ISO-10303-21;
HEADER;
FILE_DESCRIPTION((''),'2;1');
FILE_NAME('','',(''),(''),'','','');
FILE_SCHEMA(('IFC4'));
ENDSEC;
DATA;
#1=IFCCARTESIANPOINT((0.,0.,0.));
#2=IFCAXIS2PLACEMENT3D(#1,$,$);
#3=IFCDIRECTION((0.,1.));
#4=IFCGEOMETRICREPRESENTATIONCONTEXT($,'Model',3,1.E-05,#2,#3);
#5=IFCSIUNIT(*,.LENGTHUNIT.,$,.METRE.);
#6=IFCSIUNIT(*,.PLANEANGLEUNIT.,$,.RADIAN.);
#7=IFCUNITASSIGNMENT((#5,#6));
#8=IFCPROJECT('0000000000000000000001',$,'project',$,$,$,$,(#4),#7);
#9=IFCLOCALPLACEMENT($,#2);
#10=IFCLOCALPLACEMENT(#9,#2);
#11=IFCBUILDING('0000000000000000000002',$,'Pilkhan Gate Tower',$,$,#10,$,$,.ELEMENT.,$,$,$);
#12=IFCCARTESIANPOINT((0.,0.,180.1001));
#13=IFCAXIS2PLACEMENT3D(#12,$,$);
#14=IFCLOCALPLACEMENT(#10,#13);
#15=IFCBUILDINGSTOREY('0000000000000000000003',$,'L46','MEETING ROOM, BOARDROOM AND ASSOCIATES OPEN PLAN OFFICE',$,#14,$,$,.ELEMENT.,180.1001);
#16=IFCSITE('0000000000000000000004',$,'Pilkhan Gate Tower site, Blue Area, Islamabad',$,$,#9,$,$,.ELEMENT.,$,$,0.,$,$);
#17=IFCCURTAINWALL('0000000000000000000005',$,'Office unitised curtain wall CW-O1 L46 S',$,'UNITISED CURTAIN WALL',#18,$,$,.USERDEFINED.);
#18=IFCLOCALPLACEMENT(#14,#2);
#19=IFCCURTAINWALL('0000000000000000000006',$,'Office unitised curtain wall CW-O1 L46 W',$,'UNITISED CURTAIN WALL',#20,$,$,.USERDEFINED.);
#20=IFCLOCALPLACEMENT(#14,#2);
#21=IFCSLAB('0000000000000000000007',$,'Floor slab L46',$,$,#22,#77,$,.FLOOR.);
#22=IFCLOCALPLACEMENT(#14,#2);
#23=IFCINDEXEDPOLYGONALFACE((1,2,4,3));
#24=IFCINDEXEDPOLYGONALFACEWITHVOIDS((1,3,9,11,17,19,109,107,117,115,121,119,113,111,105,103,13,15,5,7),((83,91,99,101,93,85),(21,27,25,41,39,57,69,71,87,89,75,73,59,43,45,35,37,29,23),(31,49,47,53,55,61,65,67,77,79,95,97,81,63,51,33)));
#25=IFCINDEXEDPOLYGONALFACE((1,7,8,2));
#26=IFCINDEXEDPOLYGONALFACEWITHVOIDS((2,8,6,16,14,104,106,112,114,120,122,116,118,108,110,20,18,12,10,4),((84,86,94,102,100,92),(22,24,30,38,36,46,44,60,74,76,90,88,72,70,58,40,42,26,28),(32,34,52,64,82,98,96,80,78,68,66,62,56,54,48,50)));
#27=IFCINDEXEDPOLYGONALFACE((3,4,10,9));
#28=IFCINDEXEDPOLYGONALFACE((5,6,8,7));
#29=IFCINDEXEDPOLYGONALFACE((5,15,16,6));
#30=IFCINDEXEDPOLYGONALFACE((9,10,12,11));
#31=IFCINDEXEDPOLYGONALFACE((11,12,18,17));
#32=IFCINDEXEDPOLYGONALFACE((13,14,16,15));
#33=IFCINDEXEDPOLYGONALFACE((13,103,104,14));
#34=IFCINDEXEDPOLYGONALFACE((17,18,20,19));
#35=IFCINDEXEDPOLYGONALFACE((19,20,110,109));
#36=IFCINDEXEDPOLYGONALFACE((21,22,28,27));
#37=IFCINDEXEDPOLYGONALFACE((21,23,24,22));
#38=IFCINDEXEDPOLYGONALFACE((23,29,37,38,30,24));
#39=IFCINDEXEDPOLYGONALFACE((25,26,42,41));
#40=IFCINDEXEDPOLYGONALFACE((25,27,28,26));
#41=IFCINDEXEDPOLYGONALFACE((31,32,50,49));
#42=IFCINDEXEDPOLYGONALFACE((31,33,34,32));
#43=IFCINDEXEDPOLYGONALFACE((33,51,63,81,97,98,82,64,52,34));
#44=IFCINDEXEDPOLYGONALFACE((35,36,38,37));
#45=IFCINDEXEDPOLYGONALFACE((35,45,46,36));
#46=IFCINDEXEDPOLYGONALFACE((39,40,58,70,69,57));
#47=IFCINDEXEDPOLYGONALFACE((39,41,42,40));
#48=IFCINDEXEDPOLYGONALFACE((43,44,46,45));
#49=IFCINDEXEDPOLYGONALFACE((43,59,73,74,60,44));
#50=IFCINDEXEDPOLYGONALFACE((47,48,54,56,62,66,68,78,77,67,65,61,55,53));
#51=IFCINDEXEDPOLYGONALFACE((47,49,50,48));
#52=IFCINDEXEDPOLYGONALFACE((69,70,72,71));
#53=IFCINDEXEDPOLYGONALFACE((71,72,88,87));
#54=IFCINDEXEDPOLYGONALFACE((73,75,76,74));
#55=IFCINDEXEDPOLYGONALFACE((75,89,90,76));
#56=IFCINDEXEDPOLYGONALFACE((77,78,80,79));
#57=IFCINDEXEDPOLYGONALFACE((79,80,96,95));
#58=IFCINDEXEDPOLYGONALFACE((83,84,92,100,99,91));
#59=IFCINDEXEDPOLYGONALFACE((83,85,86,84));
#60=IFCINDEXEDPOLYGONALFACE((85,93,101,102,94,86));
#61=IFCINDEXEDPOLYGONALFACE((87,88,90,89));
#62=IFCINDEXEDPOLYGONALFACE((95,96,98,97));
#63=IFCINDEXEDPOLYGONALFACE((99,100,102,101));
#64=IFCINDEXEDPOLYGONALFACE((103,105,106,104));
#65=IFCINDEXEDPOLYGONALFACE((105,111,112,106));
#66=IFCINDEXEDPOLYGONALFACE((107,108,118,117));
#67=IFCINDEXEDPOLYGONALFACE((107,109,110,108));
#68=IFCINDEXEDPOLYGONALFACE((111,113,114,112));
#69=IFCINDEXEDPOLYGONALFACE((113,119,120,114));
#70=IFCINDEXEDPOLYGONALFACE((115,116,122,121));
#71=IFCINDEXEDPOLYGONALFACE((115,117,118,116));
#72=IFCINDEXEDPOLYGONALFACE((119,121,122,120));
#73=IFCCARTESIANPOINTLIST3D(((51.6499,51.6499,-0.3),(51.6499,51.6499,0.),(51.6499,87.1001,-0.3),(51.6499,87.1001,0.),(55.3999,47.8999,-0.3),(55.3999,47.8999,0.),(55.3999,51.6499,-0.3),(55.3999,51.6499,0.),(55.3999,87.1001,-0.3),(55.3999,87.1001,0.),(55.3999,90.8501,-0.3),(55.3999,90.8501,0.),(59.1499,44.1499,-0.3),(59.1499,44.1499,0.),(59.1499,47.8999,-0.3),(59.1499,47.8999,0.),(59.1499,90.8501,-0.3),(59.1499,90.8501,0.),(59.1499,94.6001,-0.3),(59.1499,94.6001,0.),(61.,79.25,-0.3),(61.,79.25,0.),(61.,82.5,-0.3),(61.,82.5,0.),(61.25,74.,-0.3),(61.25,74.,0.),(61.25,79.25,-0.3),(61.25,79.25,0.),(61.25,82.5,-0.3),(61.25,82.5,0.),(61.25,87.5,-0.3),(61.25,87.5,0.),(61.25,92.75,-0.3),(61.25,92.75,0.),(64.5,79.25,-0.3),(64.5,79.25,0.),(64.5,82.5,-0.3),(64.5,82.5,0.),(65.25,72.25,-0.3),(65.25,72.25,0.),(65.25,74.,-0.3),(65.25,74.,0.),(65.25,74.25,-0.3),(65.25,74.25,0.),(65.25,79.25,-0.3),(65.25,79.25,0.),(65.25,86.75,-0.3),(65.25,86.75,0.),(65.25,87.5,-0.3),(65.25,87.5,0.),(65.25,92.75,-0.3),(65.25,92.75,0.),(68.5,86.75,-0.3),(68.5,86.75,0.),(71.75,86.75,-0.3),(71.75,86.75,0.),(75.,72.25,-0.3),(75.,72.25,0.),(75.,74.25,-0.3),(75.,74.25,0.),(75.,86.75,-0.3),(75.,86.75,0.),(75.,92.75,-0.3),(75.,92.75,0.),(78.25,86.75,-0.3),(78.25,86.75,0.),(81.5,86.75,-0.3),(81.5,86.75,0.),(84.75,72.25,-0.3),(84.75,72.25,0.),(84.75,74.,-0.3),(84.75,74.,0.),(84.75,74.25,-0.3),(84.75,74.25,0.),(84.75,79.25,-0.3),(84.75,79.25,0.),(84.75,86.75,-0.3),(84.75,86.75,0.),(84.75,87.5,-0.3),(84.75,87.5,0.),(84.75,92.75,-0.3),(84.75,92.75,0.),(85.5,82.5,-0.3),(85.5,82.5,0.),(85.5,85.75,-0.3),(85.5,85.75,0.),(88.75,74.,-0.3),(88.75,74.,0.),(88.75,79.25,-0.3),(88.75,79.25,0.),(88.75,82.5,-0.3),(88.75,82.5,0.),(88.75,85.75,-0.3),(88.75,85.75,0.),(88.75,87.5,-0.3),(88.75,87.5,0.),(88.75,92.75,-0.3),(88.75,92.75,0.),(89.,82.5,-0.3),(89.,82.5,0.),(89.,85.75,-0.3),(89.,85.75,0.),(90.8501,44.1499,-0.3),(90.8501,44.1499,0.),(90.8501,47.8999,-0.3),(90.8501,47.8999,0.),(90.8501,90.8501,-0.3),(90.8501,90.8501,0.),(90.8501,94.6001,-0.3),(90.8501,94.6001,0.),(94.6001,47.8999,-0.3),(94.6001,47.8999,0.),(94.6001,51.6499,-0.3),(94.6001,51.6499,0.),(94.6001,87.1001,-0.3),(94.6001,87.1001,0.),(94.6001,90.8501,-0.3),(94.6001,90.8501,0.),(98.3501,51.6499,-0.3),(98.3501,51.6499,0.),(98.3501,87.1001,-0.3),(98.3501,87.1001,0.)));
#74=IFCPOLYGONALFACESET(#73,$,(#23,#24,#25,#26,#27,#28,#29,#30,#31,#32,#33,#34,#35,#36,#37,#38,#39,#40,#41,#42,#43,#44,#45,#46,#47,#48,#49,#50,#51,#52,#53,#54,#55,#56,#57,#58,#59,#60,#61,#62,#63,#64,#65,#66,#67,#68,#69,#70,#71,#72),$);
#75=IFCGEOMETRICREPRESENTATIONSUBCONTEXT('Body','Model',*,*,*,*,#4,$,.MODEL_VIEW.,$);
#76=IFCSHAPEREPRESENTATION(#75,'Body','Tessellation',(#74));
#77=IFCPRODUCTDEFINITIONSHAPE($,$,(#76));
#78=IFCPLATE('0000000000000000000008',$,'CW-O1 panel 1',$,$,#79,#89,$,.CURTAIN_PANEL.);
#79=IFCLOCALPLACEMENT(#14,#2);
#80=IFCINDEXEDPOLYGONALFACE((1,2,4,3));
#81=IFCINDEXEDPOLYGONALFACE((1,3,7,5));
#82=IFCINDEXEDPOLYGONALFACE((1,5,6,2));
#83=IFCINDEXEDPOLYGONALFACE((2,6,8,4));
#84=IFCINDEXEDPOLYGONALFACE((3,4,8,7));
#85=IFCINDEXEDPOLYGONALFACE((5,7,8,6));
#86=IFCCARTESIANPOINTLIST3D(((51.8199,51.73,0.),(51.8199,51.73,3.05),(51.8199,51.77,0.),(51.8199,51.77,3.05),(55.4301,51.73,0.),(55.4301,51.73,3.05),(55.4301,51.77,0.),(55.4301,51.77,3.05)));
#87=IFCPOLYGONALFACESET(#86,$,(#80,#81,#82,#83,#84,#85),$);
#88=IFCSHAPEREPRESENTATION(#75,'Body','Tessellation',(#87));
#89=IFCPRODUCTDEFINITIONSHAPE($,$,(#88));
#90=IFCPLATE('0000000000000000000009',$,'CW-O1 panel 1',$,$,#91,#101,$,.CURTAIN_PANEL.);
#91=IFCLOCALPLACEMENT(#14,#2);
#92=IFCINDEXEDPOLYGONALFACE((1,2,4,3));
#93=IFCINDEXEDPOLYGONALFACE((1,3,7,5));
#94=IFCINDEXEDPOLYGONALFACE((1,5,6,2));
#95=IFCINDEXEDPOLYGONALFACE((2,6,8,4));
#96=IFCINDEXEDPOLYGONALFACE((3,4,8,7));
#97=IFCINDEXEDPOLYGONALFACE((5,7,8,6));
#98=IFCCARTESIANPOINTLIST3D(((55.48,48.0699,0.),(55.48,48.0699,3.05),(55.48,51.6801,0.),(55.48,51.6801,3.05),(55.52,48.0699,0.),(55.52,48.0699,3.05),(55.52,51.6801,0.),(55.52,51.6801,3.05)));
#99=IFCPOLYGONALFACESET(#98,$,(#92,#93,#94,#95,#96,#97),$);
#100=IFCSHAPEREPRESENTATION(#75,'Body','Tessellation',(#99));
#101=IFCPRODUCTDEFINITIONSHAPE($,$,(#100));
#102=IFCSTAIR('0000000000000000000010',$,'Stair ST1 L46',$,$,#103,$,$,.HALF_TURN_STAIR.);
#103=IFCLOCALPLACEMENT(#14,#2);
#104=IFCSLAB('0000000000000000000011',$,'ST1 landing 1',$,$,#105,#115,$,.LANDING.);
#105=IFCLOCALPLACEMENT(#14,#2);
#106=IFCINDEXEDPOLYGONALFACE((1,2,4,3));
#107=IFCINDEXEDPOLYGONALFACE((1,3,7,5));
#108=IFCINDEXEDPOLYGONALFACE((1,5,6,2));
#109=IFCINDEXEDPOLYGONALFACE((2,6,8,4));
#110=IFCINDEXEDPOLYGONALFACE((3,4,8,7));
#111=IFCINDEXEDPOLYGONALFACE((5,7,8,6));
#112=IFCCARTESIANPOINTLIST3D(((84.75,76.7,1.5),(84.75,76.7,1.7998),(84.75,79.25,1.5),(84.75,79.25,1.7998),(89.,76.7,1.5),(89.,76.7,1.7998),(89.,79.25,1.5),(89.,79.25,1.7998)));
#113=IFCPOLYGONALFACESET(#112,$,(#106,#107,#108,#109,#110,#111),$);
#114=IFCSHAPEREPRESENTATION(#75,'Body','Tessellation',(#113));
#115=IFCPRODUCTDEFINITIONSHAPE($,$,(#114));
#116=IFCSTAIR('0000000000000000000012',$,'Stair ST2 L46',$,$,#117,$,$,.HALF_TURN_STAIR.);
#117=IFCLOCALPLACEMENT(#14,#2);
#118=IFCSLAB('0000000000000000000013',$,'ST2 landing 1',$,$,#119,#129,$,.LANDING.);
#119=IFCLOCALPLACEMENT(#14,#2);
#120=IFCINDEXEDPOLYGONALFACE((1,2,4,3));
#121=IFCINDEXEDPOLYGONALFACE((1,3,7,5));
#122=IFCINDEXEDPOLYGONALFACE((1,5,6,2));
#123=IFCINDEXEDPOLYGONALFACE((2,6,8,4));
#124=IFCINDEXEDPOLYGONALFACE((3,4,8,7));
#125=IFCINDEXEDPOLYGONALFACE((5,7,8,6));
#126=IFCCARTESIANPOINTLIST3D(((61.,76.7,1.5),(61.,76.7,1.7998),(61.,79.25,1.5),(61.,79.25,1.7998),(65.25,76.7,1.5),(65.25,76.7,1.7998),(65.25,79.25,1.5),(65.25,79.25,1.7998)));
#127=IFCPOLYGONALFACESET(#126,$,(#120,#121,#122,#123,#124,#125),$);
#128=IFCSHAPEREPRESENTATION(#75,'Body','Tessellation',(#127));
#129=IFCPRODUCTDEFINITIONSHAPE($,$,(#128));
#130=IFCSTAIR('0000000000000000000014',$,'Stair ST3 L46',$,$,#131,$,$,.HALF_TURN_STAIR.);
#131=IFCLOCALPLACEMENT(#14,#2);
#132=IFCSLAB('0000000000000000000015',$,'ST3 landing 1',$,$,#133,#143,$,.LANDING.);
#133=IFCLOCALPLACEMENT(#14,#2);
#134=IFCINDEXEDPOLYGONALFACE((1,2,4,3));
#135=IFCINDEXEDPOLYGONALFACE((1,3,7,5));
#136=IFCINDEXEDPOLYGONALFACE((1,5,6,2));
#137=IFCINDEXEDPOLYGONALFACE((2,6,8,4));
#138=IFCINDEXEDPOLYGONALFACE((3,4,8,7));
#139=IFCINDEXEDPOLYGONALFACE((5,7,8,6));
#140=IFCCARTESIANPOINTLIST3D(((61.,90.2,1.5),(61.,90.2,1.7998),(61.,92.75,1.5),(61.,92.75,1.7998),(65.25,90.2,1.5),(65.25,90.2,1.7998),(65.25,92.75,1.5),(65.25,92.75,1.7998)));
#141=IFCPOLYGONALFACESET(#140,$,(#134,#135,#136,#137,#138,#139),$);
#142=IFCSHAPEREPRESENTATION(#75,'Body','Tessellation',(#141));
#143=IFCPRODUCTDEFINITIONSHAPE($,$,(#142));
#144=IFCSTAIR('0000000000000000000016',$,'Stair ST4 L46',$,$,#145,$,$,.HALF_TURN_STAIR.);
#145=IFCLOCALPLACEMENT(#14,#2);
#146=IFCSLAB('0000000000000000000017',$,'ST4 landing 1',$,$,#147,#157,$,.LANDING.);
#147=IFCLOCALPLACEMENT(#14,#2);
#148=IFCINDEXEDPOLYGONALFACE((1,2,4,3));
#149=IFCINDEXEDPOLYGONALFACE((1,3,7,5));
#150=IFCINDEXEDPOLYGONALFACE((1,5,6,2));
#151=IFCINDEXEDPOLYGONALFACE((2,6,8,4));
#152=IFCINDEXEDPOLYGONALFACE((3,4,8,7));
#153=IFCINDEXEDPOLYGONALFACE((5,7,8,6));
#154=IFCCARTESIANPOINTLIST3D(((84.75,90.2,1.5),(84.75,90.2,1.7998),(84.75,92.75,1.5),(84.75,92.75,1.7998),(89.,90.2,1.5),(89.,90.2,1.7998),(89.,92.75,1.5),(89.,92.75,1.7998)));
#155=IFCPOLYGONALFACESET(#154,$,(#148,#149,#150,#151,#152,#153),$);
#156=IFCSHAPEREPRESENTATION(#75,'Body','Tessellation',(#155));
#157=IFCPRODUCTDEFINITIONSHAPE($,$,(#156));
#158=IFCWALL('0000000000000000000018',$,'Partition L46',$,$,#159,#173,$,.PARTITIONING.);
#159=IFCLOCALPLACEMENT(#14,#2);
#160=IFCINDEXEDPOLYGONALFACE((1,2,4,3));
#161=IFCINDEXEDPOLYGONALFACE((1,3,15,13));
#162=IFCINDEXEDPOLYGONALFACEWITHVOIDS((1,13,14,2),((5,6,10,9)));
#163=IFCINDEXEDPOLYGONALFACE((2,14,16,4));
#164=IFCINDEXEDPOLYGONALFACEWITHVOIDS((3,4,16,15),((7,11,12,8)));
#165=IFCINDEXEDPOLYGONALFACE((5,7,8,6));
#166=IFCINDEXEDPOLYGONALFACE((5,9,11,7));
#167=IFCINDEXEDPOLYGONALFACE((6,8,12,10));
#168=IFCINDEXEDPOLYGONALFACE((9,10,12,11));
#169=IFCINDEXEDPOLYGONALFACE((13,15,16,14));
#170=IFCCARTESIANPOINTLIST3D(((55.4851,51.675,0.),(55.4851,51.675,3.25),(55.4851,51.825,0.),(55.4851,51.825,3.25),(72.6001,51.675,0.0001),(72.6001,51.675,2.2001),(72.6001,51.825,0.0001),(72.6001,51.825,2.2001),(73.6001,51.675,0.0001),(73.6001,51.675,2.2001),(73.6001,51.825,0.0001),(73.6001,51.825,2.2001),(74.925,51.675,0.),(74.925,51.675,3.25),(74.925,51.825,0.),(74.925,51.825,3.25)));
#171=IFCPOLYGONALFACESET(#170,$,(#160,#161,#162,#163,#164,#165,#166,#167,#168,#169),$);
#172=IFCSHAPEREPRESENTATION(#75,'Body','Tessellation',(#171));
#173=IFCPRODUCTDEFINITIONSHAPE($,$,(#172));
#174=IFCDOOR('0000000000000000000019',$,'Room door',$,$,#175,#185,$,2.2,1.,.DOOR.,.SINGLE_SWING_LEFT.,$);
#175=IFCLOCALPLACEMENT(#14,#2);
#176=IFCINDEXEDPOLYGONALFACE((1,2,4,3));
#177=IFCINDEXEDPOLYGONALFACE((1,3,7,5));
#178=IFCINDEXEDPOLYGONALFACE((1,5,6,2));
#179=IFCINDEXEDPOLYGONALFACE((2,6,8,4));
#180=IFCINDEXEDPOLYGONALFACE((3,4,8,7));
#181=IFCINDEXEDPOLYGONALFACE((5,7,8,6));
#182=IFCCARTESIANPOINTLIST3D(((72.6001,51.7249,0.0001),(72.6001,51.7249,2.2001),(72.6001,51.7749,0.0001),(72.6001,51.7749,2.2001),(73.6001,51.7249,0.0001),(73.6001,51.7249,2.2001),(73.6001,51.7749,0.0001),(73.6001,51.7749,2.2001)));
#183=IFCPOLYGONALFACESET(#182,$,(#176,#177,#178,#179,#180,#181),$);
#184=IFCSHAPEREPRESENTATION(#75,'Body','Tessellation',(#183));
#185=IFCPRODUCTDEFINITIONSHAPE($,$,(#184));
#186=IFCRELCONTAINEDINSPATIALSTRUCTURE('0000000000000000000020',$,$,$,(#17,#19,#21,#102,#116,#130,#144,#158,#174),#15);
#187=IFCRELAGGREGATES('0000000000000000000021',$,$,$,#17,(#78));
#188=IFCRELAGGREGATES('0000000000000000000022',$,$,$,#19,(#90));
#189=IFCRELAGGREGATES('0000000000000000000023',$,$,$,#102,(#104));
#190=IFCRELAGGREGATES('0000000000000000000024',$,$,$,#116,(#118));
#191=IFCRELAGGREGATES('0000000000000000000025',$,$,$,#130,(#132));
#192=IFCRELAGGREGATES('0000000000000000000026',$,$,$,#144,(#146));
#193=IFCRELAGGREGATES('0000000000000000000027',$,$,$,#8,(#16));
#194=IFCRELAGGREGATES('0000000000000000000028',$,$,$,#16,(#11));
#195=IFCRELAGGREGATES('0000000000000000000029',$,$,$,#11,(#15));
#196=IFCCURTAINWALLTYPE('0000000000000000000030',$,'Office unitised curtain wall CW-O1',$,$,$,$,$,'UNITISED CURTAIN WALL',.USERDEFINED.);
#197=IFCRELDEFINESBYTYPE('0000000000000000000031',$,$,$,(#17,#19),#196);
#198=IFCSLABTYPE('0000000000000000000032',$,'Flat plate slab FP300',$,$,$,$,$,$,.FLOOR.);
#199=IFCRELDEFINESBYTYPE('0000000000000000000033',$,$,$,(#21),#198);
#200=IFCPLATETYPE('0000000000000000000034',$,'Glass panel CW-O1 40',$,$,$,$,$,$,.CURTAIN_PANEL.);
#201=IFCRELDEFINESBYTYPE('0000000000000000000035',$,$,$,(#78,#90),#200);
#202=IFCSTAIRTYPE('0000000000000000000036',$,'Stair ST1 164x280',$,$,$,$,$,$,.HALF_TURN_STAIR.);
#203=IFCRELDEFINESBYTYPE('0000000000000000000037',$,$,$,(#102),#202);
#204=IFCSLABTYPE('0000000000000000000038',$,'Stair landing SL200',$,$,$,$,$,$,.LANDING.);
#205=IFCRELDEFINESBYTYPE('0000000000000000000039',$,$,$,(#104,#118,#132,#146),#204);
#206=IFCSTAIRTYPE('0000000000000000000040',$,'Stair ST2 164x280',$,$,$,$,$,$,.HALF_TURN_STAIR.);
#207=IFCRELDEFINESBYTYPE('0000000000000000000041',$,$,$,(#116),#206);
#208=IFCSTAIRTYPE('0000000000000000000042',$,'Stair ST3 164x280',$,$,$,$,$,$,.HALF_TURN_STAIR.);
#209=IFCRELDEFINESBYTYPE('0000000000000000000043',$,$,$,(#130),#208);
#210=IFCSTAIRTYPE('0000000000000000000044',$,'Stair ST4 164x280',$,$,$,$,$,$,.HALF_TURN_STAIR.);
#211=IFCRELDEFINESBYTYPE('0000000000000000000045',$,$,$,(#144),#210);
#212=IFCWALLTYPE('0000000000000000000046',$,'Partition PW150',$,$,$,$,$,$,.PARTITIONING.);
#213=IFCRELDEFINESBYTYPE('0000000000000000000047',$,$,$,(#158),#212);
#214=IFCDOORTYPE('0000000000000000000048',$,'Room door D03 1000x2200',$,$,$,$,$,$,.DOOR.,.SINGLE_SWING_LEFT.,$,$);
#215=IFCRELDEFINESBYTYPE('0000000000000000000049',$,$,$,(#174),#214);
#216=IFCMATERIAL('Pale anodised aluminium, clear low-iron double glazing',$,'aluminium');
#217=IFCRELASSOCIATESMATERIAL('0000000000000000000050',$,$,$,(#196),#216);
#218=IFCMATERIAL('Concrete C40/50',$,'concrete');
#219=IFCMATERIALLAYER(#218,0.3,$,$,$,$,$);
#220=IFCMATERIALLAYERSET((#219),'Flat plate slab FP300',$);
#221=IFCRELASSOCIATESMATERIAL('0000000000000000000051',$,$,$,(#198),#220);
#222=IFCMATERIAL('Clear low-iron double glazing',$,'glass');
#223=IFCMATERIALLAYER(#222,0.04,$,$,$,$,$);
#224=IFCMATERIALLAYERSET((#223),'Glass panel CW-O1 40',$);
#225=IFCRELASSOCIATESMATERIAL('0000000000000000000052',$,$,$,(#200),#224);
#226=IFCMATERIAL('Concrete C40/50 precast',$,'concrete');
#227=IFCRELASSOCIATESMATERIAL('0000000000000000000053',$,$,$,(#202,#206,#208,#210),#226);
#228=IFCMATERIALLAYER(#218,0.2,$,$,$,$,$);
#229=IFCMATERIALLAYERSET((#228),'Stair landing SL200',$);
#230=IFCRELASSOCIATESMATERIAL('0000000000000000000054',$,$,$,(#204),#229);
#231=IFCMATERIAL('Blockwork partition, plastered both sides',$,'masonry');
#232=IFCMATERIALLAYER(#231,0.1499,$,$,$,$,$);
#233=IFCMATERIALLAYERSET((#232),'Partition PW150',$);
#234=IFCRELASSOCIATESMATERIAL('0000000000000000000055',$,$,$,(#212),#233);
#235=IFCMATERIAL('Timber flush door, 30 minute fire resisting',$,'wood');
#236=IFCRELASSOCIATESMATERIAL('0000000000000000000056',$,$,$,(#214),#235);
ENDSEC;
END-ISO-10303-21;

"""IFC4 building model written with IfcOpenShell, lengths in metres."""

from ifc_helpers import new_model, si_unit, direction, frame, frame_2d, origin, origin_2d, place, context, subcontext, project, spatial, polyline, rectangle, outline, extrude, material, layer, layer_set, type_object, element, fill, aggregate, save


model = new_model("IFC4")

# Units and contexts
model_context = context("Model", 3, precision=1e-05, world=origin(), true_north=direction((0.0, 1.0)))
body_context = subcontext(model_context, "Body", "Model", "MODEL_VIEW")
ifc_project = project(units=[si_unit("LENGTHUNIT", "METRE"), si_unit("PLANEANGLEUNIT", "RADIAN")], contexts=[model_context])

# Site, building, storey
site_placement = place(None, origin())
site = spatial("IfcSite", under=ifc_project, at=site_placement, Name="Pilkhan Gate Tower site, Blue Area, Islamabad", CompositionType="ELEMENT", RefElevation=0.0)
building_placement = place(site_placement, origin())
building = spatial("IfcBuilding", under=site, at=building_placement, Name="Pilkhan Gate Tower", CompositionType="ELEMENT")
storey_placement = place(building_placement, frame((0.0, 0.0, 180.1001)))
storey = spatial("IfcBuildingStorey", under=building, at=storey_placement, Name="L46", Description="MEETING ROOM, BOARDROOM AND ASSOCIATES OPEN PLAN OFFICE", CompositionType="ELEMENT", Elevation=180.1001)

# Curtain walls
ifc_material_1 = material(Name="Pale anodised aluminium, clear low-iron double glazing", Category="aluminium")
curtain_wall_type = type_object("IfcCurtainWallType", Name="Office unitised curtain wall CW-O1", ElementType="UNITISED CURTAIN WALL", PredefinedType="USERDEFINED", material=ifc_material_1)
curtain_wall_1_placement = place(storey_placement, origin())
curtain_wall_1 = element("IfcCurtainWall", 1, at=curtain_wall_1_placement, inside=storey, type_object=curtain_wall_type, Name="Office unitised curtain wall CW-O1 L46 S", ObjectType="UNITISED CURTAIN WALL", PredefinedType="USERDEFINED")
curtain_wall_2_placement = place(storey_placement, origin())
curtain_wall_2 = element("IfcCurtainWall", 2, at=curtain_wall_2_placement, inside=storey, type_object=curtain_wall_type, Name="Office unitised curtain wall CW-O1 L46 W", ObjectType="UNITISED CURTAIN WALL", PredefinedType="USERDEFINED")

# Slab
ifc_material_2 = material(Name="Concrete C40/50", Category="concrete")
ifc_layer_1 = layer(ifc_material_2, 0.3)
ifc_layer_set_1 = layer_set([ifc_layer_1], Name="Flat plate slab FP300")
slab_type_1 = type_object("IfcSlabType", Name="Flat plate slab FP300", PredefinedType="FLOOR", material=ifc_layer_set_1)
slab_1_placement = place(storey_placement, frame((0.0, 0.0, -0.3)))
element("IfcSlab", 3, at=slab_1_placement, inside=storey, type_object=slab_type_1, Name="Floor slab L46", PredefinedType="FLOOR", context=body_context, shape_type="SweptSolid", body=[
    extrude(outline(polyline([(94.6001, 47.8999), (90.8501, 47.8999), (90.8501, 44.1499), (59.1499, 44.1499), (59.1499, 47.8999), (55.3999, 47.8999), (55.3999, 51.6499), (51.6499, 51.6499), (51.6499, 87.1001), (55.3999, 87.1001), (55.3999, 90.8501), (59.1499, 90.8501), (59.1499, 94.6001), (90.8501, 94.6001), (90.8501, 90.8501), (94.6001, 90.8501), (94.6001, 87.1001), (98.3501, 87.1001), (98.3501, 51.6499), (94.6001, 51.6499), (94.6001, 47.8999)]), holes=[polyline([(75.0, 72.25), (84.75, 72.25), (84.75, 74.0), (88.75, 74.0), (88.75, 79.25), (84.75, 79.25), (84.75, 74.25), (75.0, 74.25), (65.25, 74.25), (65.25, 79.25), (64.5, 79.25), (64.5, 82.5), (61.25, 82.5), (61.0, 82.5), (61.0, 79.25), (61.25, 79.25), (61.25, 74.0), (65.25, 74.0), (65.25, 72.25), (75.0, 72.25)]), polyline([(68.5, 86.75), (71.75, 86.75), (75.0, 86.75), (78.25, 86.75), (81.5, 86.75), (84.75, 86.75), (84.75, 87.5), (88.75, 87.5), (88.75, 92.75), (84.75, 92.75), (75.0, 92.75), (65.25, 92.75), (61.25, 92.75), (61.25, 87.5), (65.25, 87.5), (65.25, 86.75), (68.5, 86.75)]), polyline([(85.5, 85.75), (85.5, 82.5), (88.75, 82.5), (89.0, 82.5), (89.0, 85.75), (88.75, 85.75), (85.5, 85.75)])]), origin(), (0.0, 0.0, 1.0), 0.3),
])

# Plates
ifc_material_3 = material(Name="Clear low-iron double glazing", Category="glass")
ifc_layer_2 = layer(ifc_material_3, 0.04)
ifc_layer_set_2 = layer_set([ifc_layer_2], Name="Glass panel CW-O1 40")
plate_type = type_object("IfcPlateType", Name="Glass panel CW-O1 40", PredefinedType="CURTAIN_PANEL", material=ifc_layer_set_2)
plate_1_placement = place(storey_placement, frame((53.625, 51.75, 0.0), z_axis=(0.0, 0.0, 1.0), x_axis=(1.0, 0.0, 0.0)))
plate_1 = element("IfcPlate", 4, at=plate_1_placement, type_object=plate_type, Name="CW-O1 panel 1", PredefinedType="CURTAIN_PANEL", context=body_context, shape_type="SweptSolid", body=[
    extrude(rectangle(XDim=3.6101, YDim=0.04, at=origin_2d()), origin(), (0.0, 0.0, 1.0), 3.05),
])
aggregate(curtain_wall_1, [plate_1])
plate_2_placement = place(storey_placement, frame((55.5, 49.875, 0.0), z_axis=(0.0, 0.0, 1.0), x_axis=(0.0, 1.0, 0.0)))
plate_2 = element("IfcPlate", 5, at=plate_2_placement, type_object=plate_type, Name="CW-O1 panel 1", PredefinedType="CURTAIN_PANEL", context=body_context, shape_type="SweptSolid", body=[
    extrude(rectangle(XDim=3.6101, YDim=0.04, at=origin_2d()), origin(), (0.0, 0.0, 1.0), 3.05),
])
aggregate(curtain_wall_2, [plate_2])

# Stairs, slabs
ifc_material_4 = material(Name="Concrete C40/50 precast", Category="concrete")
stair_type_1 = type_object("IfcStairType", Name="Stair ST1 164x280", PredefinedType="HALF_TURN_STAIR", material=ifc_material_4)
stair_1_placement = place(storey_placement, origin())
stair_1 = element("IfcStair", 6, at=stair_1_placement, inside=storey, type_object=stair_type_1, Name="Stair ST1 L46", PredefinedType="HALF_TURN_STAIR")
ifc_layer_3 = layer(ifc_material_2, 0.2)
ifc_layer_set_3 = layer_set([ifc_layer_3], Name="Stair landing SL200")
slab_type_2 = type_object("IfcSlabType", Name="Stair landing SL200", PredefinedType="LANDING", material=ifc_layer_set_3)
slab_2_placement = place(storey_placement, frame((0.0, 0.0, 1.5)))
slab_2 = element("IfcSlab", 7, at=slab_2_placement, type_object=slab_type_2, Name="ST1 landing 1", PredefinedType="LANDING", context=body_context, shape_type="SweptSolid", body=[
    extrude(outline(polyline([(89.0, 76.7), (89.0, 79.25), (84.75, 79.25), (84.75, 76.7), (89.0, 76.7)])), origin(), (0.0, 0.0, 1.0), 0.2998),
])
aggregate(stair_1, [slab_2])
stair_type_2 = type_object("IfcStairType", Name="Stair ST2 164x280", PredefinedType="HALF_TURN_STAIR", material=ifc_material_4)
stair_2_placement = place(storey_placement, origin())
stair_2 = element("IfcStair", 8, at=stair_2_placement, inside=storey, type_object=stair_type_2, Name="Stair ST2 L46", PredefinedType="HALF_TURN_STAIR")
slab_3_placement = place(storey_placement, frame((0.0, 0.0, 1.5)))
slab_3 = element("IfcSlab", 9, at=slab_3_placement, type_object=slab_type_2, Name="ST2 landing 1", PredefinedType="LANDING", context=body_context, shape_type="SweptSolid", body=[
    extrude(outline(polyline([(65.25, 76.7), (65.25, 79.25), (61.0, 79.25), (61.0, 76.7), (65.25, 76.7)])), origin(), (0.0, 0.0, 1.0), 0.2998),
])
aggregate(stair_2, [slab_3])
stair_type_3 = type_object("IfcStairType", Name="Stair ST3 164x280", PredefinedType="HALF_TURN_STAIR", material=ifc_material_4)
stair_3_placement = place(storey_placement, origin())
stair_3 = element("IfcStair", 10, at=stair_3_placement, inside=storey, type_object=stair_type_3, Name="Stair ST3 L46", PredefinedType="HALF_TURN_STAIR")
slab_4_placement = place(storey_placement, frame((0.0, 0.0, 1.5)))
slab_4 = element("IfcSlab", 11, at=slab_4_placement, type_object=slab_type_2, Name="ST3 landing 1", PredefinedType="LANDING", context=body_context, shape_type="SweptSolid", body=[
    extrude(outline(polyline([(65.25, 90.2), (65.25, 92.75), (61.0, 92.75), (61.0, 90.2), (65.25, 90.2)])), origin(), (0.0, 0.0, 1.0), 0.2998),
])
aggregate(stair_3, [slab_4])
stair_type_4 = type_object("IfcStairType", Name="Stair ST4 164x280", PredefinedType="HALF_TURN_STAIR", material=ifc_material_4)
stair_4_placement = place(storey_placement, origin())
stair_4 = element("IfcStair", 12, at=stair_4_placement, inside=storey, type_object=stair_type_4, Name="Stair ST4 L46", PredefinedType="HALF_TURN_STAIR")
slab_5_placement = place(storey_placement, frame((0.0, 0.0, 1.5)))
slab_5 = element("IfcSlab", 13, at=slab_5_placement, type_object=slab_type_2, Name="ST4 landing 1", PredefinedType="LANDING", context=body_context, shape_type="SweptSolid", body=[
    extrude(outline(polyline([(89.0, 90.2), (89.0, 92.75), (84.75, 92.75), (84.75, 90.2), (89.0, 90.2)])), origin(), (0.0, 0.0, 1.0), 0.2998),
])
aggregate(stair_4, [slab_5])

# Wall, opening, door
ifc_material_5 = material(Name="Blockwork partition, plastered both sides", Category="masonry")
ifc_layer_4 = layer(ifc_material_5, 0.1499)
ifc_layer_set_4 = layer_set([ifc_layer_4], Name="Partition PW150")
wall_type = type_object("IfcWallType", Name="Partition PW150", PredefinedType="PARTITIONING", material=ifc_layer_set_4)
wall_1_placement = place(storey_placement, frame((55.4851, 51.75, 0.0), z_axis=(0.0, 0.0, 1.0), x_axis=(1.0, 0.0, 0.0)))
wall_1 = element("IfcWall", 14, at=wall_1_placement, inside=storey, type_object=wall_type, Name="Partition L46", PredefinedType="PARTITIONING", context=body_context, shape_type="SweptSolid", body=[
    extrude(rectangle(XDim=19.4399, YDim=0.1499, at=frame_2d((9.72, 0.0))), origin(), (0.0, 0.0, 1.0), 3.25),
])
opening_placement = place(wall_1_placement, frame((17.115, 0.0, 0.0)))
opening = element("IfcOpeningElement", 15, at=opening_placement, cuts=wall_1, PredefinedType="OPENING", context=body_context, shape_type="SweptSolid", body=[
    extrude(rectangle(XDim=1.0, YDim=2.2, at=frame_2d((0.5, 1.1001))), frame((0.0, 0.085, 0.0), z_axis=(0.0, -1.0, 0.0), x_axis=(1.0, 0.0, 0.0)), (0.0, 0.0, 1.0), 0.1699),
])
ifc_material_6 = material(Name="Timber flush door, 30 minute fire resisting", Category="wood")
door_type = type_object("IfcDoorType", Name="Room door D03 1000x2200", OperationType="SINGLE_SWING_LEFT", PredefinedType="DOOR", material=ifc_material_6)
door_placement = place(opening_placement, origin())
door = element("IfcDoor", 16, at=door_placement, inside=storey, type_object=door_type, Name="Room door", OperationType="SINGLE_SWING_LEFT", OverallHeight=2.2, OverallWidth=1.0, PredefinedType="DOOR", context=body_context, shape_type="SweptSolid", body=[
    extrude(rectangle(XDim=1.0, YDim=2.2, at=frame_2d((0.5, 1.1001))), frame((0.0, 0.0249, 0.0), z_axis=(0.0, -1.0, 0.0), x_axis=(1.0, 0.0, 0.0)), (0.0, 0.0, 1.0), 0.05),
])
fill(opening, door)

save(model, "model.ifc")
